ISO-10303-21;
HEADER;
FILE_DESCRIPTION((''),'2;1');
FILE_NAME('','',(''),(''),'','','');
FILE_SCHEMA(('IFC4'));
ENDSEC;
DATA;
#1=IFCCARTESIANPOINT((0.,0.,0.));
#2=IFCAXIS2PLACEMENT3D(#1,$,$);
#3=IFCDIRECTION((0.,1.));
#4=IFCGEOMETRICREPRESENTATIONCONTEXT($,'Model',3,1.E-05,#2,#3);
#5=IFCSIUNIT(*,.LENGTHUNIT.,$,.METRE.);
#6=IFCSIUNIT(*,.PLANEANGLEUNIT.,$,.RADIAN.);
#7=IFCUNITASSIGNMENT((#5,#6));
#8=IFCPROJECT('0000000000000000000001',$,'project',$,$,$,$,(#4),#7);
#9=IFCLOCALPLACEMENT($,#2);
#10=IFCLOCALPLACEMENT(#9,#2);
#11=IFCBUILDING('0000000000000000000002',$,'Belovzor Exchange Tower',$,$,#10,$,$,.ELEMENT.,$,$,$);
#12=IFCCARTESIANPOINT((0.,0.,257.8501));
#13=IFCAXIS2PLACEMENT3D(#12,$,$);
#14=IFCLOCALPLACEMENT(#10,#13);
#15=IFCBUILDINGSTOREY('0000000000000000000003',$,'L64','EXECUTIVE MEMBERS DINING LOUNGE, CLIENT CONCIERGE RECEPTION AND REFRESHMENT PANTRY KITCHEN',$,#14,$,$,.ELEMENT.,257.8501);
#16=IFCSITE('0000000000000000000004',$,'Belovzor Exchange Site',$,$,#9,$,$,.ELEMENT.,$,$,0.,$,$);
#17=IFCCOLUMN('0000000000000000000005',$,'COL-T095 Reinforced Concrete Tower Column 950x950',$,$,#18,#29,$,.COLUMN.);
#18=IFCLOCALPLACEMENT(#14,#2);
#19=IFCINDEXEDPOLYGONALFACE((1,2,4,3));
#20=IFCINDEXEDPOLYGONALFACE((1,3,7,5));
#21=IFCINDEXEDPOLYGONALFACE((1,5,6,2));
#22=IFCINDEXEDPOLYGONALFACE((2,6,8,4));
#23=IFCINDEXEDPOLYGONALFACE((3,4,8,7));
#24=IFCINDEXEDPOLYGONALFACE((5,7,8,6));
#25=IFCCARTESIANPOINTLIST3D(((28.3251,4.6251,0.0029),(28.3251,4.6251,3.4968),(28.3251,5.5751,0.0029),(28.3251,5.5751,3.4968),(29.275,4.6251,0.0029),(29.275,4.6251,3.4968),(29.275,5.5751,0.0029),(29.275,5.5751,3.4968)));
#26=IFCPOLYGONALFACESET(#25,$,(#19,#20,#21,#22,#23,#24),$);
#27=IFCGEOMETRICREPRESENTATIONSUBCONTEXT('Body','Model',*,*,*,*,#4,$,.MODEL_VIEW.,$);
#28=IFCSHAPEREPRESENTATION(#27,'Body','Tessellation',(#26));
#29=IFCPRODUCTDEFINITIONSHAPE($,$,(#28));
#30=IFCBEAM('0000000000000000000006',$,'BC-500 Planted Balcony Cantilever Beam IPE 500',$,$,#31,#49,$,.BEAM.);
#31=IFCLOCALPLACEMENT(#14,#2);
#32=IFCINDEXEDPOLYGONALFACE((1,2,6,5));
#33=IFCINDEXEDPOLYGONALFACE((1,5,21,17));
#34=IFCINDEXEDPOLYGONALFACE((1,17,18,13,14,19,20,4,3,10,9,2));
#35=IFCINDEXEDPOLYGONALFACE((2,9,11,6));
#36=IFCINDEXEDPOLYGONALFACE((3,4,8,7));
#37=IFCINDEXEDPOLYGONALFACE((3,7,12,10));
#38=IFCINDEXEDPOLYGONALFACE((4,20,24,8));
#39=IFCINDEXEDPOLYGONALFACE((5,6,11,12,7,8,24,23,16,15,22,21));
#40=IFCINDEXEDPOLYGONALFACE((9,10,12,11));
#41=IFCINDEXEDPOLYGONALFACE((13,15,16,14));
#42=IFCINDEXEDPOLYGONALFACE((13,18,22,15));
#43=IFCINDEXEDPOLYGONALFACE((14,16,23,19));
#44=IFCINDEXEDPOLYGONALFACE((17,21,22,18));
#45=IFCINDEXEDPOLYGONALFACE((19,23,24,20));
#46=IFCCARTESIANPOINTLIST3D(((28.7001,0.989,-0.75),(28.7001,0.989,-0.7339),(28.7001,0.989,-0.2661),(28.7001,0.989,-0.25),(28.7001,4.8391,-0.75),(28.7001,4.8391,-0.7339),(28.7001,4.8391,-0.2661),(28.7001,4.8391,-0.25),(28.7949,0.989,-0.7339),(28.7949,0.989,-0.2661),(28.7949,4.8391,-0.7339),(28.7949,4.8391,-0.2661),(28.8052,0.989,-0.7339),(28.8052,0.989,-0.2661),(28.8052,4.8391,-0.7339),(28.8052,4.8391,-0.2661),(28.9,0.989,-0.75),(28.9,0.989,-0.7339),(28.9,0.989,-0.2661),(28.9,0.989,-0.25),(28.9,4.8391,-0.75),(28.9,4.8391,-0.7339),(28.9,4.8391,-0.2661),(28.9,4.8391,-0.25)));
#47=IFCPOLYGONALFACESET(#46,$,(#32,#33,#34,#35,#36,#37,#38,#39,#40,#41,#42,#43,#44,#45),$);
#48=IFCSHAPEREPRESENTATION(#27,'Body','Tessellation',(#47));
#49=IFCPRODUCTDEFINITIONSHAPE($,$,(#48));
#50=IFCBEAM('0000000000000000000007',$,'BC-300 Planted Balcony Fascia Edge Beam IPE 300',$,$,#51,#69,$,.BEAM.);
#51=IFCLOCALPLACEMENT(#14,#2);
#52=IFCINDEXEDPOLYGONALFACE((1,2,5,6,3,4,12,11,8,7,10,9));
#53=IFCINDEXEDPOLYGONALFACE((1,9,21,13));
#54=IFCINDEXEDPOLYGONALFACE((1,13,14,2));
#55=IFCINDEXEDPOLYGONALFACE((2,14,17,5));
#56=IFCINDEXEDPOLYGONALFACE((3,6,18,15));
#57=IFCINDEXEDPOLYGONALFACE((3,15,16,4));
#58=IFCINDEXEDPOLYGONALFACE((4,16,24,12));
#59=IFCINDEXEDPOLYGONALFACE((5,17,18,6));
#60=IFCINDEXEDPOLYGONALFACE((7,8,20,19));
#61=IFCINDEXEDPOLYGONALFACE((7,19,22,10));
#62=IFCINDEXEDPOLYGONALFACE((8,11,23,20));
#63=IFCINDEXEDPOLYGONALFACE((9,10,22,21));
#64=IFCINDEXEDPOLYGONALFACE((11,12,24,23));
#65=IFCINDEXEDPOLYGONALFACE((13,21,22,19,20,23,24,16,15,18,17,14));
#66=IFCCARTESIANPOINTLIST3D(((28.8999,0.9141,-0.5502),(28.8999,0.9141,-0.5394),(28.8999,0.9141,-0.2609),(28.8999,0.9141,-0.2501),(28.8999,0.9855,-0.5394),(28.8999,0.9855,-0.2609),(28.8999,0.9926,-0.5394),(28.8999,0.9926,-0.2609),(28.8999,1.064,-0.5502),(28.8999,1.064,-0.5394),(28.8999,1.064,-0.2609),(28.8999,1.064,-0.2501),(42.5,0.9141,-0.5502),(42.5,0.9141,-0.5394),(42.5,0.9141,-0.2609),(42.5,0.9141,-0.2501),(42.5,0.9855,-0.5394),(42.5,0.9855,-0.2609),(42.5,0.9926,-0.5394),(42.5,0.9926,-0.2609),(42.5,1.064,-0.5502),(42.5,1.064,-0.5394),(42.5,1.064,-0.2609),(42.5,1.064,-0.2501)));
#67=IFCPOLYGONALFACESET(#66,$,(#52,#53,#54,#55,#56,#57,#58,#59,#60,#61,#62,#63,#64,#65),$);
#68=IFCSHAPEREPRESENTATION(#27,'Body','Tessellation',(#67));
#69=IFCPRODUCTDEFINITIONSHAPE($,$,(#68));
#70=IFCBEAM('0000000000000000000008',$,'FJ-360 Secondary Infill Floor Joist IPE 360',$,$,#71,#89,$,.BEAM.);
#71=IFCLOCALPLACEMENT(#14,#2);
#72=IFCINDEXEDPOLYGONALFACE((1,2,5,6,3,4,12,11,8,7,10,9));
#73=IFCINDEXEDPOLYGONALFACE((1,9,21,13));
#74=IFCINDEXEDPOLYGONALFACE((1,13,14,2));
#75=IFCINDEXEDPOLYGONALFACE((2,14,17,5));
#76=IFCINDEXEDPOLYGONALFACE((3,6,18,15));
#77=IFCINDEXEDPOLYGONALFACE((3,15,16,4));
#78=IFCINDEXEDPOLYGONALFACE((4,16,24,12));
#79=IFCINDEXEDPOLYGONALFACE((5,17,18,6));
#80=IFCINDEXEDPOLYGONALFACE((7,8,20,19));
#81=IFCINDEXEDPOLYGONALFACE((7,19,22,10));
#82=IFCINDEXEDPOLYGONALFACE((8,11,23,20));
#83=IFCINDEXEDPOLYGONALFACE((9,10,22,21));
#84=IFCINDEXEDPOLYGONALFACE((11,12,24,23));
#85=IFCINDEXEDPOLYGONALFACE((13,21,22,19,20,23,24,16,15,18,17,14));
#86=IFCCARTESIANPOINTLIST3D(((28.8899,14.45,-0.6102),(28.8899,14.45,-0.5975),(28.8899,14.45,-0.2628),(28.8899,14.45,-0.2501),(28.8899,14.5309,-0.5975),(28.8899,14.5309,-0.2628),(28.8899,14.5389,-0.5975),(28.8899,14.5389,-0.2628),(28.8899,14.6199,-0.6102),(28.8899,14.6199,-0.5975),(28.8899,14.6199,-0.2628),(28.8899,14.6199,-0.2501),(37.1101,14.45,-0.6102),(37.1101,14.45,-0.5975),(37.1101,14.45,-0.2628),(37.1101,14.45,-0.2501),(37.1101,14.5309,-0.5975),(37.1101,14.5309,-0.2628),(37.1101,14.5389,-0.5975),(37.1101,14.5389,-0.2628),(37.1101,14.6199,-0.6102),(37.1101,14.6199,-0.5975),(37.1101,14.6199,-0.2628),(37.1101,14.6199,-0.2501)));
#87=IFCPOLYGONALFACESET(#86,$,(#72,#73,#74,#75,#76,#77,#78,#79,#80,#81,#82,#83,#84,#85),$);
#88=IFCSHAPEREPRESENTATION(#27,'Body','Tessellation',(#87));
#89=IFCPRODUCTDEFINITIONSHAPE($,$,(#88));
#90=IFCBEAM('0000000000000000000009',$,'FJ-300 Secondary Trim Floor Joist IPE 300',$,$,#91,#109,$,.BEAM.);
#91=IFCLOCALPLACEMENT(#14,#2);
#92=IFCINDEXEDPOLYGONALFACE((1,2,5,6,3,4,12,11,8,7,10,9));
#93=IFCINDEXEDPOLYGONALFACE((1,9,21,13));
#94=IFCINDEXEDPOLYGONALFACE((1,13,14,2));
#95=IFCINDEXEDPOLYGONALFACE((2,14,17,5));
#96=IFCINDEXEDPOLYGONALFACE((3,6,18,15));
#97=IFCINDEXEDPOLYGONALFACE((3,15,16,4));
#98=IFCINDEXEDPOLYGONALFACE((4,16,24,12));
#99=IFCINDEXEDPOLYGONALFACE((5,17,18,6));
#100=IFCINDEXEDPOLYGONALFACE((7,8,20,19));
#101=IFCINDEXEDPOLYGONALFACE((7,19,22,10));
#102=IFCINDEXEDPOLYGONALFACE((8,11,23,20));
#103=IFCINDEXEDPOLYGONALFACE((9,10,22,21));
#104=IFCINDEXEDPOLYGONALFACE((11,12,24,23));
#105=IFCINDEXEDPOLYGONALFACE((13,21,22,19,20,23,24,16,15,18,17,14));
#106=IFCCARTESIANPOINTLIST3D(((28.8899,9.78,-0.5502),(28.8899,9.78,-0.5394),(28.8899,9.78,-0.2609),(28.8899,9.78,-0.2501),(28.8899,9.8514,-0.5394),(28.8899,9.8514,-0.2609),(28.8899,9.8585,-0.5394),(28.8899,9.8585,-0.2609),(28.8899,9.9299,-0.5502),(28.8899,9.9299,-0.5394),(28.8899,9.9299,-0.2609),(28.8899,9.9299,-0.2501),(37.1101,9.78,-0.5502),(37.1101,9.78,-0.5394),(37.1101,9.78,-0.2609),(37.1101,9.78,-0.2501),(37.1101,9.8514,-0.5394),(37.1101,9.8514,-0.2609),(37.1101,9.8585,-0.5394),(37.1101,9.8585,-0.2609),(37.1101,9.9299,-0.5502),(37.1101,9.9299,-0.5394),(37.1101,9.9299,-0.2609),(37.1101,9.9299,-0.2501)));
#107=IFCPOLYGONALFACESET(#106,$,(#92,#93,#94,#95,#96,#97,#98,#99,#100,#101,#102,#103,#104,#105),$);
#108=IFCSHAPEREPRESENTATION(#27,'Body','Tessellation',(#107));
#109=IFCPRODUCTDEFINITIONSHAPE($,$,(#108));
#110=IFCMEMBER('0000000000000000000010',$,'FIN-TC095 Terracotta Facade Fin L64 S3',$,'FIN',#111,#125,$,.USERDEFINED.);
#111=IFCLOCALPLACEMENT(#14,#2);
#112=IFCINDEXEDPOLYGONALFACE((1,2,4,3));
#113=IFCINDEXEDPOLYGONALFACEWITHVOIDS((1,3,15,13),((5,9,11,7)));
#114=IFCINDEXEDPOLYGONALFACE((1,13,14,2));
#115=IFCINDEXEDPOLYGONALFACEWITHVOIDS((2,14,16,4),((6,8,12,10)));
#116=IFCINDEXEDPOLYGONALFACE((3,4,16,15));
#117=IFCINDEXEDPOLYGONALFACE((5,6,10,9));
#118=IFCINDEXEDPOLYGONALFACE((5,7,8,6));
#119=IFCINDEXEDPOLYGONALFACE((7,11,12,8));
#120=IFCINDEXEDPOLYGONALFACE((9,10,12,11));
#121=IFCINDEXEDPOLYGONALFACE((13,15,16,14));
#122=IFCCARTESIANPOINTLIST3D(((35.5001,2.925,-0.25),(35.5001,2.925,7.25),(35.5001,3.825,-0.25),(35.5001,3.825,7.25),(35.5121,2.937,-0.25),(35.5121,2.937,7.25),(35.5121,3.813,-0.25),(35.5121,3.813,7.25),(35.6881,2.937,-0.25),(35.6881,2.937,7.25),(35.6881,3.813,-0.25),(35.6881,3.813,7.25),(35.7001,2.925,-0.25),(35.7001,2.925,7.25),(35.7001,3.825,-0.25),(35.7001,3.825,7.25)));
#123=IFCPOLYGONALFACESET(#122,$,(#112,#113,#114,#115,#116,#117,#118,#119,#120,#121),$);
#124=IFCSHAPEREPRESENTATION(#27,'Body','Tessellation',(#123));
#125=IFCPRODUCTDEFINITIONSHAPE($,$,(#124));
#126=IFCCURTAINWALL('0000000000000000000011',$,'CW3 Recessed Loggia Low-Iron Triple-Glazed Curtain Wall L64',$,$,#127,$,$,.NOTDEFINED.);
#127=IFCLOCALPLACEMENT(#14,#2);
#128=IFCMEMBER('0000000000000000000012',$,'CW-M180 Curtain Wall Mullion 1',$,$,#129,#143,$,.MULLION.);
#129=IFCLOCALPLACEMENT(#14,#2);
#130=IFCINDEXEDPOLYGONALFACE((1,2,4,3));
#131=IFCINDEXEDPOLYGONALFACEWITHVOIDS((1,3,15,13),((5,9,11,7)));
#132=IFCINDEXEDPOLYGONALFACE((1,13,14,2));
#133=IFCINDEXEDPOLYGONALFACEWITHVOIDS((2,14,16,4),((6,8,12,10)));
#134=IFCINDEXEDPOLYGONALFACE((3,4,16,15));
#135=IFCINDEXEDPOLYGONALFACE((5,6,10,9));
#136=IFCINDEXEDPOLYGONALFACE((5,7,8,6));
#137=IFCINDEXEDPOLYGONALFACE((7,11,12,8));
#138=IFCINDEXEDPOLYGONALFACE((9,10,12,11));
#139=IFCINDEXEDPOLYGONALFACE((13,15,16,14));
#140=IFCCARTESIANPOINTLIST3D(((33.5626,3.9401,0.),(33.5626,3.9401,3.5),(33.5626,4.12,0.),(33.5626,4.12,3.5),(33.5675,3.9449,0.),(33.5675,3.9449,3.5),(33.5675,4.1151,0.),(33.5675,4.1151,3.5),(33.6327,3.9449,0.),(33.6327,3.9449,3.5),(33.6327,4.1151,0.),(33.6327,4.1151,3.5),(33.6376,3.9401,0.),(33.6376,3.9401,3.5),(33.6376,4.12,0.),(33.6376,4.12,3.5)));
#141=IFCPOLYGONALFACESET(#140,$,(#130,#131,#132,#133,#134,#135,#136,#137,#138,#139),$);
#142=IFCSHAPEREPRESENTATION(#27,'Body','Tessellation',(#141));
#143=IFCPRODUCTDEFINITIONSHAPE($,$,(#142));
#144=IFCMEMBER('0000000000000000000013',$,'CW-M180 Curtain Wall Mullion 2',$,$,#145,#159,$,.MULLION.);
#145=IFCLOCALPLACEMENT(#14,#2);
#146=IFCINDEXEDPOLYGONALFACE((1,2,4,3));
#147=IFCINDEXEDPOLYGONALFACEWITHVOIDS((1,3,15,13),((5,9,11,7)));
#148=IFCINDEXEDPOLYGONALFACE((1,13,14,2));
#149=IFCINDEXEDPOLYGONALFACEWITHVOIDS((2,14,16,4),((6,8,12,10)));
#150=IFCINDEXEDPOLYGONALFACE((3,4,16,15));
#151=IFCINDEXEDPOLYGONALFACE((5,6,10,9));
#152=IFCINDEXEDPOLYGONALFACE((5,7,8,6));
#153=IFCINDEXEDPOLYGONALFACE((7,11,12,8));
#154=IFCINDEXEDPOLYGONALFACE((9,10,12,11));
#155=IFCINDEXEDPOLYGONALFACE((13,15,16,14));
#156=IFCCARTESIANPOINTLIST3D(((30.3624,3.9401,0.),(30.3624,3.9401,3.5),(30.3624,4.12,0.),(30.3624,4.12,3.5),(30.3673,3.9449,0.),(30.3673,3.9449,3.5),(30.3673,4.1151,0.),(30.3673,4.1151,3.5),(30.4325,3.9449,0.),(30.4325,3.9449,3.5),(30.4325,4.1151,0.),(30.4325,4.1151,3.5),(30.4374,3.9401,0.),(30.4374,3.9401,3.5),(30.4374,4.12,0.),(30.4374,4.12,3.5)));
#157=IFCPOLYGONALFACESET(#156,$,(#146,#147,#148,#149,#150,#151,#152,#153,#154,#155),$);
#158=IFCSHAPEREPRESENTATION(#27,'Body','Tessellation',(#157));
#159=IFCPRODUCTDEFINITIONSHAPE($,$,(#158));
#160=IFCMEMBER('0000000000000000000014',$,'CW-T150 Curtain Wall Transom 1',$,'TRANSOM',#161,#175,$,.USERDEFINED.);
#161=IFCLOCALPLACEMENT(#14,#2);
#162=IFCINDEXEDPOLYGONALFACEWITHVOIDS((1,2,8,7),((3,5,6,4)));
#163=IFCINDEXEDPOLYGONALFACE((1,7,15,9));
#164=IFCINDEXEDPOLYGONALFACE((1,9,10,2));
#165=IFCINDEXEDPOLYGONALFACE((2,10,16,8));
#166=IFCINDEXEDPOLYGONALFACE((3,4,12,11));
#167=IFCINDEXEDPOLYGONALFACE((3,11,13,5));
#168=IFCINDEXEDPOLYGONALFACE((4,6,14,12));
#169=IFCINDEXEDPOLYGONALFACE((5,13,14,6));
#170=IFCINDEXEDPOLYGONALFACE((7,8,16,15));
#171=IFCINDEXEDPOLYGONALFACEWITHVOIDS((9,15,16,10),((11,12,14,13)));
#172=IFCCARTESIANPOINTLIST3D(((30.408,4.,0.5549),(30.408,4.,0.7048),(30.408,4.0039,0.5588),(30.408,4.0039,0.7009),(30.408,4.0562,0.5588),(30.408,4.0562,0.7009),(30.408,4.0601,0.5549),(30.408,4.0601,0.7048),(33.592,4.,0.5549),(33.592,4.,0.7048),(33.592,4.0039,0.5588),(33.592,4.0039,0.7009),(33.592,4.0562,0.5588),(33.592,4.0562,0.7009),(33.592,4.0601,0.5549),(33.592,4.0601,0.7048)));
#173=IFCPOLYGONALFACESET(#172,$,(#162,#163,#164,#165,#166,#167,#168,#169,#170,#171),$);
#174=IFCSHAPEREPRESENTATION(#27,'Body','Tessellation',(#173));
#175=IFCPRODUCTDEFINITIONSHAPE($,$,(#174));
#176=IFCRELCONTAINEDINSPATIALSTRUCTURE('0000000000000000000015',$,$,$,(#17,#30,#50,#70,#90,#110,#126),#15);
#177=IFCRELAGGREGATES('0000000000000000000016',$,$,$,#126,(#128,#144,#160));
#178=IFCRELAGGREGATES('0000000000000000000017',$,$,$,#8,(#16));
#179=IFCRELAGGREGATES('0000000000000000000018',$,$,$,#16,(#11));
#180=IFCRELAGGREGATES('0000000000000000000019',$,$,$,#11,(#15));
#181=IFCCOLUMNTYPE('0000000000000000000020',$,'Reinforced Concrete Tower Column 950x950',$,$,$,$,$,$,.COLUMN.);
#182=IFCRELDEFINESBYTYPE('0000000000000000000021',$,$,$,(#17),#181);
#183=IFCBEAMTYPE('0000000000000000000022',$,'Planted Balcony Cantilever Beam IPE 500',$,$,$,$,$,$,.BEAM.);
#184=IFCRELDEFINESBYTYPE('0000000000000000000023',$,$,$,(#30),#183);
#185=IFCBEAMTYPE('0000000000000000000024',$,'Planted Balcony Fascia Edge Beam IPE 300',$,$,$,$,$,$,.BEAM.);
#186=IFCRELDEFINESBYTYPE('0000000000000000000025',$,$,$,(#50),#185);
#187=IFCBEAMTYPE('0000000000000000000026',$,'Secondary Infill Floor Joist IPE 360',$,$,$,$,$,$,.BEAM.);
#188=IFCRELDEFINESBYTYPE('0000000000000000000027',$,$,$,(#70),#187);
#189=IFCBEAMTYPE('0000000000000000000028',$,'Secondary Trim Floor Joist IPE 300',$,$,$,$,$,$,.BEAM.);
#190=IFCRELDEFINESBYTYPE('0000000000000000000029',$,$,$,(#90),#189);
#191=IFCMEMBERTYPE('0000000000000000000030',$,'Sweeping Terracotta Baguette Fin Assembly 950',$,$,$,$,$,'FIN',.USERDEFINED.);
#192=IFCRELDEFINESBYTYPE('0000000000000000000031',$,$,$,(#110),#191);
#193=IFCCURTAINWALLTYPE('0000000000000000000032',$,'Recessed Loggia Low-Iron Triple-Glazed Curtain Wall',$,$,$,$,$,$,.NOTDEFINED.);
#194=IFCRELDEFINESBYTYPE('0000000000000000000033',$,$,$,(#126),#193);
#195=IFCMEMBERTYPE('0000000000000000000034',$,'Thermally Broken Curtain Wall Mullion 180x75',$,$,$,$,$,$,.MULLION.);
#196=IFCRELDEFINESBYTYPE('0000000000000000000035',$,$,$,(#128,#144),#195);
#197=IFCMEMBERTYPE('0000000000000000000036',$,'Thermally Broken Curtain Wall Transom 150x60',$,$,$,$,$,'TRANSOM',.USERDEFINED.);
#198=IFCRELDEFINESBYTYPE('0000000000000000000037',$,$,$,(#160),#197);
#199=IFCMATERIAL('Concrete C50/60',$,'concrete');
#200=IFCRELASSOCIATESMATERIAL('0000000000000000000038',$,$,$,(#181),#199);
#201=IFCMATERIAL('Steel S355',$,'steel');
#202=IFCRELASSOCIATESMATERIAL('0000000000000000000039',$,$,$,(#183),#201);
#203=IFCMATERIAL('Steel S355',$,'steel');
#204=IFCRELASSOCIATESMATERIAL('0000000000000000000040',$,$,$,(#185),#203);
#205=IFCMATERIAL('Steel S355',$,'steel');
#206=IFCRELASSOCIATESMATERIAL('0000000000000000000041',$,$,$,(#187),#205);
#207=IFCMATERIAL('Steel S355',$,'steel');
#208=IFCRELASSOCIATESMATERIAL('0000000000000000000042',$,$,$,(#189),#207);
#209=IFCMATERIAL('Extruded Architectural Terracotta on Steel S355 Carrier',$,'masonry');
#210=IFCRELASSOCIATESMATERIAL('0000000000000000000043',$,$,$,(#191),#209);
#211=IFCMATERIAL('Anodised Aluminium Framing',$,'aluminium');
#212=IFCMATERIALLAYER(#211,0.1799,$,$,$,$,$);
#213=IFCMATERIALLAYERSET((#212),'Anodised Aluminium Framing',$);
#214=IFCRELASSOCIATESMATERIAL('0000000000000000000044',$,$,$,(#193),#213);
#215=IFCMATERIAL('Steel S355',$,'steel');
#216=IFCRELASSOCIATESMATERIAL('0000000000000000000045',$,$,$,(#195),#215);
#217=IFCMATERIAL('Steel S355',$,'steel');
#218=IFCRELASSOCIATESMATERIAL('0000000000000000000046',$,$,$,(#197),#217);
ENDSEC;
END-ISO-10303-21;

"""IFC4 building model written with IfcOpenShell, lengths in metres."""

from ifc_helpers import new_model, si_unit, direction, frame, origin, origin_2d, place, context, subcontext, project, spatial, rectangle, hollow_rectangle, i_section, extrude, material, layer, layer_set, material_profile, profile_set, type_object, element, aggregate, save


model = new_model("IFC4")

# Units and contexts
model_context = context("Model", 3, precision=1e-05, world=origin(), true_north=direction((0.0, 1.0)))
body_context = subcontext(model_context, "Body", "Model", "MODEL_VIEW")
ifc_project = project(units=[si_unit("LENGTHUNIT", "METRE"), si_unit("PLANEANGLEUNIT", "RADIAN")], contexts=[model_context])

# Site, building, storey
site_placement = place(None, origin())
site = spatial("IfcSite", under=ifc_project, at=site_placement, Name="Belovzor Exchange Site", CompositionType="ELEMENT", RefElevation=0.0)
building_placement = place(site_placement, origin())
building = spatial("IfcBuilding", under=site, at=building_placement, Name="Belovzor Exchange Tower", CompositionType="ELEMENT")
storey_placement = place(building_placement, frame((0.0, 0.0, 257.8501)))
storey = spatial("IfcBuildingStorey", under=building, at=storey_placement, Name="L64", Description="EXECUTIVE MEMBERS DINING LOUNGE, CLIENT CONCIERGE RECEPTION AND REFRESHMENT PANTRY KITCHEN", CompositionType="ELEMENT", Elevation=257.8501)

# Column
ifc_material_1 = material(Name="Concrete C50/60", Category="concrete")
ifc_material_profile_1 = material_profile(ifc_material_1, rectangle(XDim=0.95, YDim=0.95, at=origin_2d()))
ifc_profile_set_1 = profile_set([ifc_material_profile_1], Name="Concrete C50/60")
column_type = type_object("IfcColumnType", Name="Reinforced Concrete Tower Column 950x950", PredefinedType="COLUMN", material=ifc_profile_set_1)
column_placement = place(storey_placement, frame((28.8, 5.1001, 0.0029), z_axis=(0.0, 0.0, 1.0), x_axis=(1.0, 0.0, 0.0)))
element("IfcColumn", 1, at=column_placement, inside=storey, type_object=column_type, Name="COL-T095 Reinforced Concrete Tower Column 950x950", PredefinedType="COLUMN", context=body_context, shape_type="SweptSolid", body=[
    extrude(rectangle(XDim=0.95, YDim=0.95, at=origin_2d()), origin(), (0.0, 0.0, 1.0), 3.4939),
])

# Beams
ifc_material_2 = material(Name="Steel S355", Category="steel")
ifc_material_profile_2 = material_profile(ifc_material_2, i_section(OverallWidth=0.2, OverallDepth=0.5, WebThickness=0.0103, FlangeThickness=0.0161, at=origin_2d()))
ifc_profile_set_2 = profile_set([ifc_material_profile_2], Name="Steel S355")
beam_type_1 = type_object("IfcBeamType", Name="Planted Balcony Cantilever Beam IPE 500", PredefinedType="BEAM", material=ifc_profile_set_2)
beam_1_placement = place(storey_placement, frame((28.8, 4.8391, -0.5), z_axis=(0.0, -1.0, 0.0), x_axis=(1.0, 0.0, 0.0)))
element("IfcBeam", 2, at=beam_1_placement, inside=storey, type_object=beam_type_1, Name="BC-500 Planted Balcony Cantilever Beam IPE 500", PredefinedType="BEAM", context=body_context, shape_type="SweptSolid", body=[
    extrude(i_section(OverallWidth=0.2, OverallDepth=0.5, WebThickness=0.0103, FlangeThickness=0.0161, at=origin_2d()), origin(), (0.0, 0.0, 1.0), 3.8501),
])
ifc_material_3 = material(Name="Steel S355", Category="steel")
ifc_material_profile_3 = material_profile(ifc_material_3, i_section(OverallWidth=0.1499, OverallDepth=0.3, WebThickness=0.0071, FlangeThickness=0.0107, at=origin_2d()))
ifc_profile_set_3 = profile_set([ifc_material_profile_3], Name="Steel S355")
beam_type_2 = type_object("IfcBeamType", Name="Planted Balcony Fascia Edge Beam IPE 300", PredefinedType="BEAM", material=ifc_profile_set_3)
beam_2_placement = place(storey_placement, frame((28.8999, 0.989, -0.4001), z_axis=(1.0, 0.0, 0.0), x_axis=(0.0, 1.0, 0.0)))
element("IfcBeam", 3, at=beam_2_placement, inside=storey, type_object=beam_type_2, Name="BC-300 Planted Balcony Fascia Edge Beam IPE 300", PredefinedType="BEAM", context=body_context, shape_type="SweptSolid", body=[
    extrude(i_section(OverallWidth=0.1499, OverallDepth=0.3, WebThickness=0.0071, FlangeThickness=0.0107, at=origin_2d()), origin(), (0.0, 0.0, 1.0), 13.6001),
])
ifc_material_4 = material(Name="Steel S355", Category="steel")
ifc_material_profile_4 = material_profile(ifc_material_4, i_section(OverallWidth=0.1699, OverallDepth=0.3601, WebThickness=0.0081, FlangeThickness=0.0127, at=origin_2d()))
ifc_profile_set_4 = profile_set([ifc_material_profile_4], Name="Steel S355")
beam_type_3 = type_object("IfcBeamType", Name="Secondary Infill Floor Joist IPE 360", PredefinedType="BEAM", material=ifc_profile_set_4)
beam_3_placement = place(storey_placement, frame((28.8899, 14.5349, -0.4302), z_axis=(1.0, 0.0, 0.0), x_axis=(0.0, 1.0, 0.0)))
element("IfcBeam", 4, at=beam_3_placement, inside=storey, type_object=beam_type_3, Name="FJ-360 Secondary Infill Floor Joist IPE 360", PredefinedType="BEAM", context=body_context, shape_type="SweptSolid", body=[
    extrude(i_section(OverallWidth=0.1699, OverallDepth=0.3601, WebThickness=0.0081, FlangeThickness=0.0127, at=origin_2d()), origin(), (0.0, 0.0, 1.0), 8.2202),
])
ifc_material_5 = material(Name="Steel S355", Category="steel")
ifc_material_profile_5 = material_profile(ifc_material_5, i_section(OverallWidth=0.1499, OverallDepth=0.3, WebThickness=0.0071, FlangeThickness=0.0107, at=origin_2d()))
ifc_profile_set_5 = profile_set([ifc_material_profile_5], Name="Steel S355")
beam_type_4 = type_object("IfcBeamType", Name="Secondary Trim Floor Joist IPE 300", PredefinedType="BEAM", material=ifc_profile_set_5)
beam_4_placement = place(storey_placement, frame((28.8899, 9.855, -0.4001), z_axis=(1.0, 0.0, 0.0), x_axis=(0.0, 1.0, 0.0)))
element("IfcBeam", 5, at=beam_4_placement, inside=storey, type_object=beam_type_4, Name="FJ-300 Secondary Trim Floor Joist IPE 300", PredefinedType="BEAM", context=body_context, shape_type="SweptSolid", body=[
    extrude(i_section(OverallWidth=0.1499, OverallDepth=0.3, WebThickness=0.0071, FlangeThickness=0.0107, at=origin_2d()), origin(), (0.0, 0.0, 1.0), 8.2202),
])

# Member
ifc_material_6 = material(Name="Extruded Architectural Terracotta on Steel S355 Carrier", Category="masonry")
ifc_material_profile_6 = material_profile(ifc_material_6, hollow_rectangle(XDim=0.2, YDim=0.8999, WallThickness=0.012, at=origin_2d()))
ifc_profile_set_6 = profile_set([ifc_material_profile_6], Name="Extruded Architectural Terracotta on Steel S355 Carrier")
member_type_1 = type_object("IfcMemberType", Name="Sweeping Terracotta Baguette Fin Assembly 950", ElementType="FIN", PredefinedType="USERDEFINED", material=ifc_profile_set_6)
member_1_placement = place(storey_placement, frame((35.6001, 3.375, -0.25), z_axis=(0.0, 0.0, 1.0), x_axis=(1.0, 0.0, 0.0)))
element("IfcMember", 6, at=member_1_placement, inside=storey, type_object=member_type_1, Name="FIN-TC095 Terracotta Facade Fin L64 S3", ObjectType="FIN", PredefinedType="USERDEFINED", context=body_context, shape_type="SweptSolid", body=[
    extrude(hollow_rectangle(XDim=0.2, YDim=0.8999, WallThickness=0.012, at=origin_2d()), origin(), (0.0, 0.0, 1.0), 7.5),
])

# Curtain wall, members
ifc_material_7 = material(Name="Anodised Aluminium Framing", Category="aluminium")
ifc_layer_1 = layer(ifc_material_7, 0.1799)
ifc_layer_set_1 = layer_set([ifc_layer_1], Name="Anodised Aluminium Framing")
curtain_wall_type = type_object("IfcCurtainWallType", Name="Recessed Loggia Low-Iron Triple-Glazed Curtain Wall", PredefinedType="NOTDEFINED", material=ifc_layer_set_1)
curtain_wall_placement = place(storey_placement, origin())
curtain_wall = element("IfcCurtainWall", 7, at=curtain_wall_placement, inside=storey, type_object=curtain_wall_type, Name="CW3 Recessed Loggia Low-Iron Triple-Glazed Curtain Wall L64", PredefinedType="NOTDEFINED")
ifc_material_8 = material(Name="Steel S355", Category="steel")
ifc_material_profile_7 = material_profile(ifc_material_8, hollow_rectangle(XDim=0.075, YDim=0.1799, WallThickness=0.0049, at=origin_2d()))
ifc_profile_set_7 = profile_set([ifc_material_profile_7], Name="Steel S355")
member_type_2 = type_object("IfcMemberType", Name="Thermally Broken Curtain Wall Mullion 180x75", PredefinedType="MULLION", material=ifc_profile_set_7)
member_2_placement = place(storey_placement, frame((33.6001, 4.03, 0.0), z_axis=(0.0, 0.0, 1.0), x_axis=(-1.0, 0.0, 0.0)))
member_2 = element("IfcMember", 8, at=member_2_placement, type_object=member_type_2, Name="CW-M180 Curtain Wall Mullion 1", PredefinedType="MULLION", context=body_context, shape_type="SweptSolid", body=[
    extrude(hollow_rectangle(XDim=0.075, YDim=0.1799, WallThickness=0.0049, at=origin_2d()), origin(), (0.0, 0.0, 1.0), 3.5),
])
member_3_placement = place(storey_placement, frame((30.3999, 4.03, 0.0), z_axis=(0.0, 0.0, 1.0), x_axis=(-1.0, 0.0, 0.0)))
member_3 = element("IfcMember", 9, at=member_3_placement, type_object=member_type_2, Name="CW-M180 Curtain Wall Mullion 2", PredefinedType="MULLION", context=body_context, shape_type="SweptSolid", body=[
    extrude(hollow_rectangle(XDim=0.075, YDim=0.1799, WallThickness=0.0049, at=origin_2d()), origin(), (0.0, 0.0, 1.0), 3.5),
])
ifc_material_9 = material(Name="Steel S355", Category="steel")
ifc_material_profile_8 = material_profile(ifc_material_9, hollow_rectangle(XDim=0.0601, YDim=0.1499, WallThickness=0.0039, at=origin_2d()))
ifc_profile_set_8 = profile_set([ifc_material_profile_8], Name="Steel S355")
member_type_3 = type_object("IfcMemberType", Name="Thermally Broken Curtain Wall Transom 150x60", ElementType="TRANSOM", PredefinedType="USERDEFINED", material=ifc_profile_set_8)
member_4_placement = place(storey_placement, frame((33.592, 4.03, 0.6299), z_axis=(-1.0, 0.0, 0.0), x_axis=(0.0, -1.0, 0.0)))
member_4 = element("IfcMember", 10, at=member_4_placement, type_object=member_type_3, Name="CW-T150 Curtain Wall Transom 1", ObjectType="TRANSOM", PredefinedType="USERDEFINED", context=body_context, shape_type="SweptSolid", body=[
    extrude(hollow_rectangle(XDim=0.0601, YDim=0.1499, WallThickness=0.0039, at=origin_2d()), origin(), (0.0, 0.0, 1.0), 3.1841),
])

aggregate(curtain_wall, [member_2, member_3, member_4])

save(model, "model.ifc")
